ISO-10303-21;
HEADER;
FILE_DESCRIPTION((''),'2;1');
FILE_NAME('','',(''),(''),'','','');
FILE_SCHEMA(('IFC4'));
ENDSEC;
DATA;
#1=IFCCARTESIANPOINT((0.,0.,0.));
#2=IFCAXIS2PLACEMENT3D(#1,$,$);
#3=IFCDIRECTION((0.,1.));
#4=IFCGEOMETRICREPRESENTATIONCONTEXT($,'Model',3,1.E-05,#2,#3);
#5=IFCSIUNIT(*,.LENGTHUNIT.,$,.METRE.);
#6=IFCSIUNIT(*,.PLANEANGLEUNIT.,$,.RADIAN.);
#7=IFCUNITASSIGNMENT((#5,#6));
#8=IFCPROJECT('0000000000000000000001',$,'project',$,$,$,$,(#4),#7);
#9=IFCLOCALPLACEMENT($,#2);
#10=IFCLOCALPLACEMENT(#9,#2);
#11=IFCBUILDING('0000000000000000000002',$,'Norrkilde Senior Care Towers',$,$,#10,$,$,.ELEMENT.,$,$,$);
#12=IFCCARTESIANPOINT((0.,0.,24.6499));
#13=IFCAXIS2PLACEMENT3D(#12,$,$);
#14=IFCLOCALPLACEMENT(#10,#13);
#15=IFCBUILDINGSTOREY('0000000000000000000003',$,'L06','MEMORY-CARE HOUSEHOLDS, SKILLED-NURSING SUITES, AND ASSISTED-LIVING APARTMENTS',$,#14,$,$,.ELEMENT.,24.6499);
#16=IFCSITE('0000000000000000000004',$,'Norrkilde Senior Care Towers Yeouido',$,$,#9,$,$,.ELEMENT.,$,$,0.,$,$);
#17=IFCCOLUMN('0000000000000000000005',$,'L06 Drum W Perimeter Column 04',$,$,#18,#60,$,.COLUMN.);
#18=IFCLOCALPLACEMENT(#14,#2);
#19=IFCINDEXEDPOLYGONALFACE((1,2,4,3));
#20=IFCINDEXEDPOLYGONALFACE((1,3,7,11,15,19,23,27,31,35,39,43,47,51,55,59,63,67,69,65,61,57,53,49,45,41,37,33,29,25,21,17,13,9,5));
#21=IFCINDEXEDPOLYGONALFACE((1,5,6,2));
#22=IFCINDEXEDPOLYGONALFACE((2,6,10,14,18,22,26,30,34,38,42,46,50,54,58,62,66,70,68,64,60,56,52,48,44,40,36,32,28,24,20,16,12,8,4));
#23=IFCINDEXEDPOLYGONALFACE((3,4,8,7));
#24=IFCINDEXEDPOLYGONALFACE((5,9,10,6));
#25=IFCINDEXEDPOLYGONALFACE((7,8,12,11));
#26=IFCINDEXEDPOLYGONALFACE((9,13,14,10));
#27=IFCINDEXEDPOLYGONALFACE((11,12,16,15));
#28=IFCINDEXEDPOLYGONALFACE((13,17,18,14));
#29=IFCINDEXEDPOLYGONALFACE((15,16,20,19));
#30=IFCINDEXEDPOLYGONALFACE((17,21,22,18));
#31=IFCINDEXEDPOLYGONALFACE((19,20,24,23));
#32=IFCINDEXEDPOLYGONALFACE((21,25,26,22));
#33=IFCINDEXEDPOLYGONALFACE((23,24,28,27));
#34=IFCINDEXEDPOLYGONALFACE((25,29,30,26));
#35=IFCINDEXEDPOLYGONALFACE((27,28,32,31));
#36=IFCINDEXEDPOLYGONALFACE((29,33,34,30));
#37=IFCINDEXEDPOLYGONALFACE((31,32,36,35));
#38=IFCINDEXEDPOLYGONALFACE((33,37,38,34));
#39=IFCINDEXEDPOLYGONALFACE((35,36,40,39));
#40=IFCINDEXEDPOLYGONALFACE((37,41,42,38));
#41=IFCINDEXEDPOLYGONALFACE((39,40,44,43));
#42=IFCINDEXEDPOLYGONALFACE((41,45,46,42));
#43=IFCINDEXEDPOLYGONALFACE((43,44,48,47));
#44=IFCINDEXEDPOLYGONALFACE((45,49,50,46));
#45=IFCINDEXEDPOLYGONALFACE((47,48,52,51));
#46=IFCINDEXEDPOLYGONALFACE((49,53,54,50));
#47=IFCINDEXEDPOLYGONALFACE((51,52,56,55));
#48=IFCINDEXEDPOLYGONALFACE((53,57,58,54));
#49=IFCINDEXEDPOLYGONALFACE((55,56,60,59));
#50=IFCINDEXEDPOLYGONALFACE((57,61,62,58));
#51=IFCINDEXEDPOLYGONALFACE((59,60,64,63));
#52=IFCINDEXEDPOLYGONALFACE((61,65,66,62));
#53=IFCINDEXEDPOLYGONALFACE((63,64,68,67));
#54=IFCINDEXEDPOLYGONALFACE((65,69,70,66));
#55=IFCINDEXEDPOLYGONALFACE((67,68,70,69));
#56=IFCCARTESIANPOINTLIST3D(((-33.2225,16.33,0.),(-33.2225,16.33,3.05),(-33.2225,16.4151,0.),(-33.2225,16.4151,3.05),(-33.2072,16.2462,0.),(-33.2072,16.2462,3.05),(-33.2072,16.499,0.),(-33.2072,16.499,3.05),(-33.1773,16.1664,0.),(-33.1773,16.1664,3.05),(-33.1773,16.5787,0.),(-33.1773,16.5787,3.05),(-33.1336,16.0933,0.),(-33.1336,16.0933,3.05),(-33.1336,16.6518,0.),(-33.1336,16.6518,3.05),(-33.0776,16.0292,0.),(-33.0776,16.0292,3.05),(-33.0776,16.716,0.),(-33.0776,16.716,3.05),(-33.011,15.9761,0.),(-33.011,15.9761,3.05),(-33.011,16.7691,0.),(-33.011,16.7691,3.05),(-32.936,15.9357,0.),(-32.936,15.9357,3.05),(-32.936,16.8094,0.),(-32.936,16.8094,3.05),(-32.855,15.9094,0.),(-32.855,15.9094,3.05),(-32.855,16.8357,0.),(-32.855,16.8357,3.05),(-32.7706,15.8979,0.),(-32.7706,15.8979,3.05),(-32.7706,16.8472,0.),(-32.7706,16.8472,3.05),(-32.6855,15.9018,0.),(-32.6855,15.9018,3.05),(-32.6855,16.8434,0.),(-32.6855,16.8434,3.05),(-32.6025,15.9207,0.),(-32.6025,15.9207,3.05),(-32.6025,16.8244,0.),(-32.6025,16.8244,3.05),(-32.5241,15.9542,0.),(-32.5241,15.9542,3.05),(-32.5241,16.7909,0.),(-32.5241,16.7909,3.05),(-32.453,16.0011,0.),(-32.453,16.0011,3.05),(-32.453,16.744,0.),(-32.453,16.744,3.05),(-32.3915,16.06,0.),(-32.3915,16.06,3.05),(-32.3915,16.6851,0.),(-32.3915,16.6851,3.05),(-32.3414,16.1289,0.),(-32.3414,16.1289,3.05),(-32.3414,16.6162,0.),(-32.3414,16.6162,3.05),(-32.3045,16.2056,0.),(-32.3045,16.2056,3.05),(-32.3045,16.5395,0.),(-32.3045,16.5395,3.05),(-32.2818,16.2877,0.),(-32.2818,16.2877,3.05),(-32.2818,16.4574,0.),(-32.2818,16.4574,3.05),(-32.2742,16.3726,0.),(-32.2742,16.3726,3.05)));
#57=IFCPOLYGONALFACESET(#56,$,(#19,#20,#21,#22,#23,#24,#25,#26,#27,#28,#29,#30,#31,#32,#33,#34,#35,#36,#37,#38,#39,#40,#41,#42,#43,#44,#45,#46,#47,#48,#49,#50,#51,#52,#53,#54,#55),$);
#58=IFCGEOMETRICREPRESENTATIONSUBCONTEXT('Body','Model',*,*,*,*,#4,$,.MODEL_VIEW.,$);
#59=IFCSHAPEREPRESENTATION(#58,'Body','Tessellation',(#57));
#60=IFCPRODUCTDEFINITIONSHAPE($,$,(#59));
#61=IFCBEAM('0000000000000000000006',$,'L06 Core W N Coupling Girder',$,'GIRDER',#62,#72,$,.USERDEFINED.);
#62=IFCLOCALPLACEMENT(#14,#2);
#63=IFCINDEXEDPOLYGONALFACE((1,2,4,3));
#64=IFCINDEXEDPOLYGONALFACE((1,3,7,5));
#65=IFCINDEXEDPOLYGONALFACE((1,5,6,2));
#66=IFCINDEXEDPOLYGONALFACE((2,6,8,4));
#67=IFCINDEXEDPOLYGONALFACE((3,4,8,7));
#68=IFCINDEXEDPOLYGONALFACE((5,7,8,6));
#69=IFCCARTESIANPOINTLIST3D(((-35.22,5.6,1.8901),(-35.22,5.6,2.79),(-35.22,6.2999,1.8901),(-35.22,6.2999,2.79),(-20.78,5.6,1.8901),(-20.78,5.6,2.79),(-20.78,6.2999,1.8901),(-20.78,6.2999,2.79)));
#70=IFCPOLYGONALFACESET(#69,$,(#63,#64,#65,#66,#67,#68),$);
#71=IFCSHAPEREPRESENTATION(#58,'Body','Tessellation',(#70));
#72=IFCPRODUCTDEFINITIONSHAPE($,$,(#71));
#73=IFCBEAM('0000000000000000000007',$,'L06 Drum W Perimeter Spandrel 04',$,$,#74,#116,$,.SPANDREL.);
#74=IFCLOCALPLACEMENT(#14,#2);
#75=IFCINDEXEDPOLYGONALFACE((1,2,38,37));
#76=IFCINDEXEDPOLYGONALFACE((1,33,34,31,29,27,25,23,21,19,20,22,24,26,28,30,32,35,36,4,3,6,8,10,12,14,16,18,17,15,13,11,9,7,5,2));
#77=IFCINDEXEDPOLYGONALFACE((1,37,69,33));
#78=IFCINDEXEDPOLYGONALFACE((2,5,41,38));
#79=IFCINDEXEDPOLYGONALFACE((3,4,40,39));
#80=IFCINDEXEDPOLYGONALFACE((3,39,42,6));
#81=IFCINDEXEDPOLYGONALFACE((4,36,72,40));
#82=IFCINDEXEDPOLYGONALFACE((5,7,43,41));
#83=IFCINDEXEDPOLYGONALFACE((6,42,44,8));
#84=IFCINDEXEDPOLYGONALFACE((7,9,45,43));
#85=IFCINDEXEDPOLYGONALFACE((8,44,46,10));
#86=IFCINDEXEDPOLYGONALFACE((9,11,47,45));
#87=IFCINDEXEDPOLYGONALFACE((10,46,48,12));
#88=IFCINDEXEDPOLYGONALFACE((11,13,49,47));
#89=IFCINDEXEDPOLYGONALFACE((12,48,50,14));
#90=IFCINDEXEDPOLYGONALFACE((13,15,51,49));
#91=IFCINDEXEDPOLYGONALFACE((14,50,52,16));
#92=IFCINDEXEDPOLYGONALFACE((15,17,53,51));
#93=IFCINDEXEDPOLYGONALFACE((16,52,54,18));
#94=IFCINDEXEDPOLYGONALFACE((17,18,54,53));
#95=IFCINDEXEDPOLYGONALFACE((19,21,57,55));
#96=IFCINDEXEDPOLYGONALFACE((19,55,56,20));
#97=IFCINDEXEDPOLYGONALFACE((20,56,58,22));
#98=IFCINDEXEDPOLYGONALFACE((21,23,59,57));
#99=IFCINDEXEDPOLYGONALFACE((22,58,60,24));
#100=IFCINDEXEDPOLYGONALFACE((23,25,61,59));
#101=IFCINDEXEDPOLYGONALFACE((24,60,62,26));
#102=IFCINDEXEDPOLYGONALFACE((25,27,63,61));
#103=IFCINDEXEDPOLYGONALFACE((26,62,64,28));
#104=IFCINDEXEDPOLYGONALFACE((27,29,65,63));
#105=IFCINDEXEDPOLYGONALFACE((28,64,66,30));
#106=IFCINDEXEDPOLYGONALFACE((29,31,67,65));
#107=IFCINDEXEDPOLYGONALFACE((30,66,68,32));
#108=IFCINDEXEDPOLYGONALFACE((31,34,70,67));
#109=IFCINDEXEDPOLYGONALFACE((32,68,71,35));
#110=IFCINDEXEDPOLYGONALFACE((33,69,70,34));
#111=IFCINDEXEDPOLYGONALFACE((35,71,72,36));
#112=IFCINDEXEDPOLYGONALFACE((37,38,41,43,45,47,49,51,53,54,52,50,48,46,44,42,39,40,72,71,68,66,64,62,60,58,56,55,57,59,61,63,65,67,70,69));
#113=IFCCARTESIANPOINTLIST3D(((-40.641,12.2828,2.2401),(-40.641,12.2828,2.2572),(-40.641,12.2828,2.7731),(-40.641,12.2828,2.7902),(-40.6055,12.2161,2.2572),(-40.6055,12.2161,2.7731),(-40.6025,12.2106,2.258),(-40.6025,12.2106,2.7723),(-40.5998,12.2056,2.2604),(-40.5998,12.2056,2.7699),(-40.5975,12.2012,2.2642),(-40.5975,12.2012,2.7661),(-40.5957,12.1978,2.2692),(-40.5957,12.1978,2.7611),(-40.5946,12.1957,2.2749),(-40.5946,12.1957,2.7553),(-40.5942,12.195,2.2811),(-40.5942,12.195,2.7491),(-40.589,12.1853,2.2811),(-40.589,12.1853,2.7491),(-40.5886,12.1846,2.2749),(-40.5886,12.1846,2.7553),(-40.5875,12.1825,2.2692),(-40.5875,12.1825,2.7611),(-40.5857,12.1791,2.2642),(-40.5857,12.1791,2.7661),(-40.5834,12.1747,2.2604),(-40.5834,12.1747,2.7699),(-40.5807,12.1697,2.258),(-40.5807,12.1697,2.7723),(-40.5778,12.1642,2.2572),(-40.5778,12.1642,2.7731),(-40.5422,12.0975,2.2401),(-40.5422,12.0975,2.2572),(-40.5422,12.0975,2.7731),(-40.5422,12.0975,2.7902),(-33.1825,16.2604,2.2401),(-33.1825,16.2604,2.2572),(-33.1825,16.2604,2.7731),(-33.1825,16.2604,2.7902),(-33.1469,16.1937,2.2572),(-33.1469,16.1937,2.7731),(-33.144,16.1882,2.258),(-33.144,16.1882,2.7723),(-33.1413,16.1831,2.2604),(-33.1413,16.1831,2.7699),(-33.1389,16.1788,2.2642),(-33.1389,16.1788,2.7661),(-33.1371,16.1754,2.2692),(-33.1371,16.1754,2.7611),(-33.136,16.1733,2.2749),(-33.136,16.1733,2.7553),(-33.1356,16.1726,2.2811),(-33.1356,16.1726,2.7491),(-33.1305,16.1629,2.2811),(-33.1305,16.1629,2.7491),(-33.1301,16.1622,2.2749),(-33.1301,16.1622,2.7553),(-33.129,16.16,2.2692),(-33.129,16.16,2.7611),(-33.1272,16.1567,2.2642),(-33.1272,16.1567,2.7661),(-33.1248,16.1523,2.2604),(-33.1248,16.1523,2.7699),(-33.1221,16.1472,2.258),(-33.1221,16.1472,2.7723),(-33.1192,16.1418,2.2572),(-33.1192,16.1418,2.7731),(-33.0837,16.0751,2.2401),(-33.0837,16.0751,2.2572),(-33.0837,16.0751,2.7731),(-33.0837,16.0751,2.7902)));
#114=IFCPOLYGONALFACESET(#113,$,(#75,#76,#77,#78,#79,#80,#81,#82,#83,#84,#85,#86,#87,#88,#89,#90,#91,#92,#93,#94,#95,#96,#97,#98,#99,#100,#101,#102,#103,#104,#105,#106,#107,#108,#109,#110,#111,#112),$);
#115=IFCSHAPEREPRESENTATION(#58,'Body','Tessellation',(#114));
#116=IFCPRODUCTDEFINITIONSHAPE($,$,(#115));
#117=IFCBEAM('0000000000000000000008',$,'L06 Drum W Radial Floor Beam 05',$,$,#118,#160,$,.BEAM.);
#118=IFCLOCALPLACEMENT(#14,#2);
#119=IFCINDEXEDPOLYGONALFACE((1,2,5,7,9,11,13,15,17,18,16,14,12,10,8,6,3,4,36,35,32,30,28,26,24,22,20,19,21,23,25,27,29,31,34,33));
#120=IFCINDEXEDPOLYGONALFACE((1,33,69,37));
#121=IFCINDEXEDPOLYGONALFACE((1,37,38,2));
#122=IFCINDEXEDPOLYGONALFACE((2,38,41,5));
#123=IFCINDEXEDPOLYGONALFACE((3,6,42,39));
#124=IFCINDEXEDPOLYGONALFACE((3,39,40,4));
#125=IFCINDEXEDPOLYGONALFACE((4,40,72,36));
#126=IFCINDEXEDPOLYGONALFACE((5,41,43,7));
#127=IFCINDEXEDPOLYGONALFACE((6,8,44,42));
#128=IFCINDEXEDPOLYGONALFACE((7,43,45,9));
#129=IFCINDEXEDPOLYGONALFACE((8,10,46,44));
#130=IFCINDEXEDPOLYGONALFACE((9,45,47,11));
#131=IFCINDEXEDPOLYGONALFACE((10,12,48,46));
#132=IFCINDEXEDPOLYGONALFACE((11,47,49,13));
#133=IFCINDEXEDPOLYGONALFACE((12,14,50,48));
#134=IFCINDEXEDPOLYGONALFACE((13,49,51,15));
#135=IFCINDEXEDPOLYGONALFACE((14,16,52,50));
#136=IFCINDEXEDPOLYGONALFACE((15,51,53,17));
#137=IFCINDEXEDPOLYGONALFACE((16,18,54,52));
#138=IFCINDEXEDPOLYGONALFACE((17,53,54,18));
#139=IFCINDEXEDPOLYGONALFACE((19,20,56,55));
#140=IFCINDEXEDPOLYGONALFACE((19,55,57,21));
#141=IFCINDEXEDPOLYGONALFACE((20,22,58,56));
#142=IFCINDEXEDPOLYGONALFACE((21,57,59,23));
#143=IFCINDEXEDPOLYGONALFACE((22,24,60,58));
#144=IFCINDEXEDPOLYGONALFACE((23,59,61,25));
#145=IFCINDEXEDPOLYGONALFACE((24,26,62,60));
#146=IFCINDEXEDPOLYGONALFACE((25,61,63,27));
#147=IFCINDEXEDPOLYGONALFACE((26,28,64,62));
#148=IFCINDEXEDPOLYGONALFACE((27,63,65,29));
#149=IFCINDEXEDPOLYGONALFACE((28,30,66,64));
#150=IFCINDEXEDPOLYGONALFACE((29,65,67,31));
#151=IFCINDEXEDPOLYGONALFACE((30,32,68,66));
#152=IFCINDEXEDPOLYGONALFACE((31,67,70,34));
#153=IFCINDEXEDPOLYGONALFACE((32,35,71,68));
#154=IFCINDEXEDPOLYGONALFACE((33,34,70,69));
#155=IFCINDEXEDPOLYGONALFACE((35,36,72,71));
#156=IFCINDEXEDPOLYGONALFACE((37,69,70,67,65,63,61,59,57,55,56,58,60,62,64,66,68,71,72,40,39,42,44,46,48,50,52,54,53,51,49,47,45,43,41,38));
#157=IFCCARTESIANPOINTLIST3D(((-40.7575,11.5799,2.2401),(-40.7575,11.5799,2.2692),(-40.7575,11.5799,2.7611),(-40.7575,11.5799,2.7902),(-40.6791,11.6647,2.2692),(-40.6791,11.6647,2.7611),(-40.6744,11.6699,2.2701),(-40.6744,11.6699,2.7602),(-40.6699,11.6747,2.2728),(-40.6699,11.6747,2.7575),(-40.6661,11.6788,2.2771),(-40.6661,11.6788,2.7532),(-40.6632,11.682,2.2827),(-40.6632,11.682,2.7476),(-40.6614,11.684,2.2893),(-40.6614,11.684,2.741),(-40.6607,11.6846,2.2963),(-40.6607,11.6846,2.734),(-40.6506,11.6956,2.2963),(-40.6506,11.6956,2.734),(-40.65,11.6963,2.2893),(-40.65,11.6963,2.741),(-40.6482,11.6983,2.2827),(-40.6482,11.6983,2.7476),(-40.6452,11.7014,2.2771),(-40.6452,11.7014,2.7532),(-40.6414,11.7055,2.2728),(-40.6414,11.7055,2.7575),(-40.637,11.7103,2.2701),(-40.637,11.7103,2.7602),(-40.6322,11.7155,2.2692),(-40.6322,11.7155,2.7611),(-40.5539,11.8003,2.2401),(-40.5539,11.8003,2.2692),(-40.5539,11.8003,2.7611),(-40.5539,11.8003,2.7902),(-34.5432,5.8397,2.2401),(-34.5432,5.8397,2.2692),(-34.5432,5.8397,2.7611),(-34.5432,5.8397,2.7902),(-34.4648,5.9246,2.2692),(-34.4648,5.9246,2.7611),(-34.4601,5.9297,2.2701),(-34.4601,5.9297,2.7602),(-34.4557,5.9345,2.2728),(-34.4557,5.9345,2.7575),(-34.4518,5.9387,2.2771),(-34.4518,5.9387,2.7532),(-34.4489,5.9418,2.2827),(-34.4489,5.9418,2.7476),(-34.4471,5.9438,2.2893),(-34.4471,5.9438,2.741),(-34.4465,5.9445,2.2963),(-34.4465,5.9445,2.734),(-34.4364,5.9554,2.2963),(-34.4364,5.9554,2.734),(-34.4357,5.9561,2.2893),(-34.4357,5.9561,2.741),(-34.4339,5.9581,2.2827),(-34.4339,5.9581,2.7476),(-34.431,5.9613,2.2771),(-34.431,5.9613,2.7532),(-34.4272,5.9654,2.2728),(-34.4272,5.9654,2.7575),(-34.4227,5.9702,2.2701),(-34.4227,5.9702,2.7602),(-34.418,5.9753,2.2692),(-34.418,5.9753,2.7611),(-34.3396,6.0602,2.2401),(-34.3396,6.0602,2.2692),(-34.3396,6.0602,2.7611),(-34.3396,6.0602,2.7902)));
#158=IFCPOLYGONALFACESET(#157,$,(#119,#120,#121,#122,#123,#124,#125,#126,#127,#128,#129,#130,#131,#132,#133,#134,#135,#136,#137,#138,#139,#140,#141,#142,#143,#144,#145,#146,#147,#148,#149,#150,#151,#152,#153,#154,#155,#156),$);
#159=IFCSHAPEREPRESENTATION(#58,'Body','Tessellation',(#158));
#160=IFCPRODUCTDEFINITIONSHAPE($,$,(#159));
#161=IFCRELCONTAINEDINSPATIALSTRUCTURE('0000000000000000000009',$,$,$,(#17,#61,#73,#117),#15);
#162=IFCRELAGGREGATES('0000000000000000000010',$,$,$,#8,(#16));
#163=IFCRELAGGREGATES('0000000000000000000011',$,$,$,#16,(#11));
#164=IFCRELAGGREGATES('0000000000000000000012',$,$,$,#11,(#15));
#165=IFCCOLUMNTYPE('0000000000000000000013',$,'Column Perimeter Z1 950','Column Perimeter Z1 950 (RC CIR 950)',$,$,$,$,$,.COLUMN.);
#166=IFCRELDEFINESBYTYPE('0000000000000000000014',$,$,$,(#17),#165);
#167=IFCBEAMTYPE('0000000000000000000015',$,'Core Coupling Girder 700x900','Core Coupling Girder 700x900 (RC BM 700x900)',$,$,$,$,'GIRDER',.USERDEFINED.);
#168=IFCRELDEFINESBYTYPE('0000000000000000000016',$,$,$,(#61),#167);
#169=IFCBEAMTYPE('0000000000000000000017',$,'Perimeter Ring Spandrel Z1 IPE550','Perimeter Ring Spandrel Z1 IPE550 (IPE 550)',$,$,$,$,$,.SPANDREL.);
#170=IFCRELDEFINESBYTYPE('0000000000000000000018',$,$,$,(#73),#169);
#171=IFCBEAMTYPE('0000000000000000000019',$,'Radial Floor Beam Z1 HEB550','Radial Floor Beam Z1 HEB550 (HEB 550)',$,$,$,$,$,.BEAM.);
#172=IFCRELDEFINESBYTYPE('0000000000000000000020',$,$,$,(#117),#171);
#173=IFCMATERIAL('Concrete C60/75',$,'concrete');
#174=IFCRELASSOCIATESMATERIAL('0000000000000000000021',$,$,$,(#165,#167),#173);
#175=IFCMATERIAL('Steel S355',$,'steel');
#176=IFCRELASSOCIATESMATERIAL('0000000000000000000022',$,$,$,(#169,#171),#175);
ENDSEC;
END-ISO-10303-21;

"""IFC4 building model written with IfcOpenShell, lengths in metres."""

from ifc_helpers import new_model, si_unit, direction, frame, origin, origin_2d, place, context, subcontext, project, spatial, rectangle, circle, i_section, extrude, source, transform, mapped, material, material_profile, profile_set, type_object, type_shapes, element, save


model = new_model("IFC4")

# Units and contexts
model_context = context("Model", 3, precision=1e-05, world=origin(), true_north=direction((0.0, 1.0)))
body_context = subcontext(model_context, "Body", "Model", "MODEL_VIEW")
ifc_project = project(units=[si_unit("LENGTHUNIT", "METRE"), si_unit("PLANEANGLEUNIT", "RADIAN")], contexts=[model_context])

# Site, building, storey
site_placement = place(None, origin())
site = spatial("IfcSite", under=ifc_project, at=site_placement, Name="Norrkilde Senior Care Towers Yeouido", CompositionType="ELEMENT", RefElevation=0.0)
building_placement = place(site_placement, origin())
building = spatial("IfcBuilding", under=site, at=building_placement, Name="Norrkilde Senior Care Towers", CompositionType="ELEMENT")
storey_placement = place(building_placement, frame((0.0, 0.0, 24.6499)))
storey = spatial("IfcBuildingStorey", under=building, at=storey_placement, Name="L06", Description="MEMORY-CARE HOUSEHOLDS, SKILLED-NURSING SUITES, AND ASSISTED-LIVING APARTMENTS", CompositionType="ELEMENT", Elevation=24.6499)

# Column
ifc_material_1 = material(Name="Concrete C60/75", Category="concrete")
ifc_material_profile_1 = material_profile(ifc_material_1, circle(Radius=0.4751, at=origin_2d()), Name="RC CIR 950")
ifc_profile_set_1 = profile_set([ifc_material_profile_1], Name="Concrete C60/75")
column_type = type_object("IfcColumnType", Name="Column Perimeter Z1 950", Description="Column Perimeter Z1 950 (RC CIR 950)", PredefinedType="COLUMN", material=ifc_profile_set_1)
shared_shape_1 = source(origin(), body_context, "Body", "SweptSolid", [
    extrude(circle(Radius=0.4751, at=origin_2d()), origin(), (0.0, 0.0, 1.0), 3.05),
])
type_shapes(column_type, [shared_shape_1])
column_placement = place(storey_placement, frame((-32.7493, 16.3726, 0.0), z_axis=(0.0, 0.0, 1.0), x_axis=(1.0, 0.0, 0.0)))
element("IfcColumn", 1, at=column_placement, inside=storey, type_object=column_type, Name="L06 Drum W Perimeter Column 04", PredefinedType="COLUMN", context=body_context, shape_type="MappedRepresentation", body=[
    mapped(shared_shape_1, transform((0.0, 0.0, 0.0), x_axis=(1.0, 0.0, 0.0), y_axis=(0.0, 1.0, 0.0), z_axis=(0.0, 0.0, 1.0), scale=1.0)),
])

# Beams
ifc_material_profile_2 = material_profile(ifc_material_1, rectangle(XDim=0.7, YDim=0.8999, at=origin_2d()), Name="RC BM 700x900")
ifc_profile_set_2 = profile_set([ifc_material_profile_2], Name="Concrete C60/75")
beam_type_1 = type_object("IfcBeamType", Name="Core Coupling Girder 700x900", Description="Core Coupling Girder 700x900 (RC BM 700x900)", ElementType="GIRDER", PredefinedType="USERDEFINED", material=ifc_profile_set_2)
shared_shape_2 = source(origin(), body_context, "Body", "SweptSolid", [
    extrude(rectangle(XDim=0.7, YDim=0.8999, at=origin_2d()), origin(), (0.0, 0.0, 1.0), 14.4399),
])
type_shapes(beam_type_1, [shared_shape_2])
beam_1_placement = place(storey_placement, frame((-35.22, 5.95, 2.3401), z_axis=(1.0, 0.0, 0.0), x_axis=(0.0, 1.0, 0.0)))
element("IfcBeam", 2, at=beam_1_placement, inside=storey, type_object=beam_type_1, Name="L06 Core W N Coupling Girder", ObjectType="GIRDER", PredefinedType="USERDEFINED", context=body_context, shape_type="MappedRepresentation", body=[
    mapped(shared_shape_2, transform((0.0, 0.0, 0.0), x_axis=(1.0, 0.0, 0.0), y_axis=(0.0, 1.0, 0.0), z_axis=(0.0, 0.0, 1.0), scale=1.0)),
])
ifc_material_2 = material(Name="Steel S355", Category="steel")
ifc_material_profile_3 = material_profile(ifc_material_2, i_section(OverallWidth=0.21, OverallDepth=0.55, WebThickness=0.011, FlangeThickness=0.0171, FilletRadius=0.0239, at=origin_2d()), Name="IPE 550")
ifc_profile_set_3 = profile_set([ifc_material_profile_3], Name="Steel S355")
beam_type_2 = type_object("IfcBeamType", Name="Perimeter Ring Spandrel Z1 IPE550", Description="Perimeter Ring Spandrel Z1 IPE550 (IPE 550)", PredefinedType="SPANDREL", material=ifc_profile_set_3)
shared_shape_3 = source(origin(), body_context, "Body", "SweptSolid", [
    extrude(i_section(OverallWidth=0.21, OverallDepth=0.55, WebThickness=0.011, FlangeThickness=0.0171, FilletRadius=0.0239, at=origin_2d()), origin(), (0.0, 0.0, 1.0), 8.4529),
])
type_shapes(beam_type_2, [shared_shape_3])
beam_2_placement = place(storey_placement, frame((-33.1331, 16.1677, 2.5151), z_axis=(-0.882369, -0.470558, 0.0), x_axis=(0.470558, -0.882369, 0.0)))
element("IfcBeam", 3, at=beam_2_placement, inside=storey, type_object=beam_type_2, Name="L06 Drum W Perimeter Spandrel 04", PredefinedType="SPANDREL", context=body_context, shape_type="MappedRepresentation", body=[
    mapped(shared_shape_3, transform((0.0, 0.0, 0.0), x_axis=(1.0, 0.0, 0.0), y_axis=(0.0, 1.0, 0.0), z_axis=(0.0, 0.0, 1.0), scale=1.0)),
])
ifc_material_profile_4 = material_profile(ifc_material_2, i_section(OverallWidth=0.3, OverallDepth=0.55, WebThickness=0.0149, FlangeThickness=0.0291, FilletRadius=0.0271, at=origin_2d()), Name="HEB 550")
ifc_profile_set_4 = profile_set([ifc_material_profile_4], Name="Steel S355")
beam_type_3 = type_object("IfcBeamType", Name="Radial Floor Beam Z1 HEB550", Description="Radial Floor Beam Z1 HEB550 (HEB 550)", PredefinedType="BEAM", material=ifc_profile_set_4)
shared_shape_4 = source(origin(), body_context, "Body", "SweptSolid", [
    extrude(i_section(OverallWidth=0.3, OverallDepth=0.55, WebThickness=0.0149, FlangeThickness=0.0291, FilletRadius=0.0271, at=origin_2d()), origin(), (0.0, 0.0, 1.0), 8.4597),
])
beam_3_placement = place(storey_placement, frame((-34.4414, 5.95, 2.5151), z_axis=(-0.734573, 0.678529, 0.0), x_axis=(-0.678529, -0.734573, 0.0)))
element("IfcBeam", 4, at=beam_3_placement, inside=storey, type_object=beam_type_3, Name="L06 Drum W Radial Floor Beam 05", PredefinedType="BEAM", context=body_context, shape_type="MappedRepresentation", body=[
    mapped(shared_shape_4, transform((0.0, 0.0, 0.0), x_axis=(1.0, 0.0, 0.0), y_axis=(0.0, 1.0, 0.0), z_axis=(0.0, 0.0, 1.0), scale=1.0)),
])

save(model, "model.ifc")
